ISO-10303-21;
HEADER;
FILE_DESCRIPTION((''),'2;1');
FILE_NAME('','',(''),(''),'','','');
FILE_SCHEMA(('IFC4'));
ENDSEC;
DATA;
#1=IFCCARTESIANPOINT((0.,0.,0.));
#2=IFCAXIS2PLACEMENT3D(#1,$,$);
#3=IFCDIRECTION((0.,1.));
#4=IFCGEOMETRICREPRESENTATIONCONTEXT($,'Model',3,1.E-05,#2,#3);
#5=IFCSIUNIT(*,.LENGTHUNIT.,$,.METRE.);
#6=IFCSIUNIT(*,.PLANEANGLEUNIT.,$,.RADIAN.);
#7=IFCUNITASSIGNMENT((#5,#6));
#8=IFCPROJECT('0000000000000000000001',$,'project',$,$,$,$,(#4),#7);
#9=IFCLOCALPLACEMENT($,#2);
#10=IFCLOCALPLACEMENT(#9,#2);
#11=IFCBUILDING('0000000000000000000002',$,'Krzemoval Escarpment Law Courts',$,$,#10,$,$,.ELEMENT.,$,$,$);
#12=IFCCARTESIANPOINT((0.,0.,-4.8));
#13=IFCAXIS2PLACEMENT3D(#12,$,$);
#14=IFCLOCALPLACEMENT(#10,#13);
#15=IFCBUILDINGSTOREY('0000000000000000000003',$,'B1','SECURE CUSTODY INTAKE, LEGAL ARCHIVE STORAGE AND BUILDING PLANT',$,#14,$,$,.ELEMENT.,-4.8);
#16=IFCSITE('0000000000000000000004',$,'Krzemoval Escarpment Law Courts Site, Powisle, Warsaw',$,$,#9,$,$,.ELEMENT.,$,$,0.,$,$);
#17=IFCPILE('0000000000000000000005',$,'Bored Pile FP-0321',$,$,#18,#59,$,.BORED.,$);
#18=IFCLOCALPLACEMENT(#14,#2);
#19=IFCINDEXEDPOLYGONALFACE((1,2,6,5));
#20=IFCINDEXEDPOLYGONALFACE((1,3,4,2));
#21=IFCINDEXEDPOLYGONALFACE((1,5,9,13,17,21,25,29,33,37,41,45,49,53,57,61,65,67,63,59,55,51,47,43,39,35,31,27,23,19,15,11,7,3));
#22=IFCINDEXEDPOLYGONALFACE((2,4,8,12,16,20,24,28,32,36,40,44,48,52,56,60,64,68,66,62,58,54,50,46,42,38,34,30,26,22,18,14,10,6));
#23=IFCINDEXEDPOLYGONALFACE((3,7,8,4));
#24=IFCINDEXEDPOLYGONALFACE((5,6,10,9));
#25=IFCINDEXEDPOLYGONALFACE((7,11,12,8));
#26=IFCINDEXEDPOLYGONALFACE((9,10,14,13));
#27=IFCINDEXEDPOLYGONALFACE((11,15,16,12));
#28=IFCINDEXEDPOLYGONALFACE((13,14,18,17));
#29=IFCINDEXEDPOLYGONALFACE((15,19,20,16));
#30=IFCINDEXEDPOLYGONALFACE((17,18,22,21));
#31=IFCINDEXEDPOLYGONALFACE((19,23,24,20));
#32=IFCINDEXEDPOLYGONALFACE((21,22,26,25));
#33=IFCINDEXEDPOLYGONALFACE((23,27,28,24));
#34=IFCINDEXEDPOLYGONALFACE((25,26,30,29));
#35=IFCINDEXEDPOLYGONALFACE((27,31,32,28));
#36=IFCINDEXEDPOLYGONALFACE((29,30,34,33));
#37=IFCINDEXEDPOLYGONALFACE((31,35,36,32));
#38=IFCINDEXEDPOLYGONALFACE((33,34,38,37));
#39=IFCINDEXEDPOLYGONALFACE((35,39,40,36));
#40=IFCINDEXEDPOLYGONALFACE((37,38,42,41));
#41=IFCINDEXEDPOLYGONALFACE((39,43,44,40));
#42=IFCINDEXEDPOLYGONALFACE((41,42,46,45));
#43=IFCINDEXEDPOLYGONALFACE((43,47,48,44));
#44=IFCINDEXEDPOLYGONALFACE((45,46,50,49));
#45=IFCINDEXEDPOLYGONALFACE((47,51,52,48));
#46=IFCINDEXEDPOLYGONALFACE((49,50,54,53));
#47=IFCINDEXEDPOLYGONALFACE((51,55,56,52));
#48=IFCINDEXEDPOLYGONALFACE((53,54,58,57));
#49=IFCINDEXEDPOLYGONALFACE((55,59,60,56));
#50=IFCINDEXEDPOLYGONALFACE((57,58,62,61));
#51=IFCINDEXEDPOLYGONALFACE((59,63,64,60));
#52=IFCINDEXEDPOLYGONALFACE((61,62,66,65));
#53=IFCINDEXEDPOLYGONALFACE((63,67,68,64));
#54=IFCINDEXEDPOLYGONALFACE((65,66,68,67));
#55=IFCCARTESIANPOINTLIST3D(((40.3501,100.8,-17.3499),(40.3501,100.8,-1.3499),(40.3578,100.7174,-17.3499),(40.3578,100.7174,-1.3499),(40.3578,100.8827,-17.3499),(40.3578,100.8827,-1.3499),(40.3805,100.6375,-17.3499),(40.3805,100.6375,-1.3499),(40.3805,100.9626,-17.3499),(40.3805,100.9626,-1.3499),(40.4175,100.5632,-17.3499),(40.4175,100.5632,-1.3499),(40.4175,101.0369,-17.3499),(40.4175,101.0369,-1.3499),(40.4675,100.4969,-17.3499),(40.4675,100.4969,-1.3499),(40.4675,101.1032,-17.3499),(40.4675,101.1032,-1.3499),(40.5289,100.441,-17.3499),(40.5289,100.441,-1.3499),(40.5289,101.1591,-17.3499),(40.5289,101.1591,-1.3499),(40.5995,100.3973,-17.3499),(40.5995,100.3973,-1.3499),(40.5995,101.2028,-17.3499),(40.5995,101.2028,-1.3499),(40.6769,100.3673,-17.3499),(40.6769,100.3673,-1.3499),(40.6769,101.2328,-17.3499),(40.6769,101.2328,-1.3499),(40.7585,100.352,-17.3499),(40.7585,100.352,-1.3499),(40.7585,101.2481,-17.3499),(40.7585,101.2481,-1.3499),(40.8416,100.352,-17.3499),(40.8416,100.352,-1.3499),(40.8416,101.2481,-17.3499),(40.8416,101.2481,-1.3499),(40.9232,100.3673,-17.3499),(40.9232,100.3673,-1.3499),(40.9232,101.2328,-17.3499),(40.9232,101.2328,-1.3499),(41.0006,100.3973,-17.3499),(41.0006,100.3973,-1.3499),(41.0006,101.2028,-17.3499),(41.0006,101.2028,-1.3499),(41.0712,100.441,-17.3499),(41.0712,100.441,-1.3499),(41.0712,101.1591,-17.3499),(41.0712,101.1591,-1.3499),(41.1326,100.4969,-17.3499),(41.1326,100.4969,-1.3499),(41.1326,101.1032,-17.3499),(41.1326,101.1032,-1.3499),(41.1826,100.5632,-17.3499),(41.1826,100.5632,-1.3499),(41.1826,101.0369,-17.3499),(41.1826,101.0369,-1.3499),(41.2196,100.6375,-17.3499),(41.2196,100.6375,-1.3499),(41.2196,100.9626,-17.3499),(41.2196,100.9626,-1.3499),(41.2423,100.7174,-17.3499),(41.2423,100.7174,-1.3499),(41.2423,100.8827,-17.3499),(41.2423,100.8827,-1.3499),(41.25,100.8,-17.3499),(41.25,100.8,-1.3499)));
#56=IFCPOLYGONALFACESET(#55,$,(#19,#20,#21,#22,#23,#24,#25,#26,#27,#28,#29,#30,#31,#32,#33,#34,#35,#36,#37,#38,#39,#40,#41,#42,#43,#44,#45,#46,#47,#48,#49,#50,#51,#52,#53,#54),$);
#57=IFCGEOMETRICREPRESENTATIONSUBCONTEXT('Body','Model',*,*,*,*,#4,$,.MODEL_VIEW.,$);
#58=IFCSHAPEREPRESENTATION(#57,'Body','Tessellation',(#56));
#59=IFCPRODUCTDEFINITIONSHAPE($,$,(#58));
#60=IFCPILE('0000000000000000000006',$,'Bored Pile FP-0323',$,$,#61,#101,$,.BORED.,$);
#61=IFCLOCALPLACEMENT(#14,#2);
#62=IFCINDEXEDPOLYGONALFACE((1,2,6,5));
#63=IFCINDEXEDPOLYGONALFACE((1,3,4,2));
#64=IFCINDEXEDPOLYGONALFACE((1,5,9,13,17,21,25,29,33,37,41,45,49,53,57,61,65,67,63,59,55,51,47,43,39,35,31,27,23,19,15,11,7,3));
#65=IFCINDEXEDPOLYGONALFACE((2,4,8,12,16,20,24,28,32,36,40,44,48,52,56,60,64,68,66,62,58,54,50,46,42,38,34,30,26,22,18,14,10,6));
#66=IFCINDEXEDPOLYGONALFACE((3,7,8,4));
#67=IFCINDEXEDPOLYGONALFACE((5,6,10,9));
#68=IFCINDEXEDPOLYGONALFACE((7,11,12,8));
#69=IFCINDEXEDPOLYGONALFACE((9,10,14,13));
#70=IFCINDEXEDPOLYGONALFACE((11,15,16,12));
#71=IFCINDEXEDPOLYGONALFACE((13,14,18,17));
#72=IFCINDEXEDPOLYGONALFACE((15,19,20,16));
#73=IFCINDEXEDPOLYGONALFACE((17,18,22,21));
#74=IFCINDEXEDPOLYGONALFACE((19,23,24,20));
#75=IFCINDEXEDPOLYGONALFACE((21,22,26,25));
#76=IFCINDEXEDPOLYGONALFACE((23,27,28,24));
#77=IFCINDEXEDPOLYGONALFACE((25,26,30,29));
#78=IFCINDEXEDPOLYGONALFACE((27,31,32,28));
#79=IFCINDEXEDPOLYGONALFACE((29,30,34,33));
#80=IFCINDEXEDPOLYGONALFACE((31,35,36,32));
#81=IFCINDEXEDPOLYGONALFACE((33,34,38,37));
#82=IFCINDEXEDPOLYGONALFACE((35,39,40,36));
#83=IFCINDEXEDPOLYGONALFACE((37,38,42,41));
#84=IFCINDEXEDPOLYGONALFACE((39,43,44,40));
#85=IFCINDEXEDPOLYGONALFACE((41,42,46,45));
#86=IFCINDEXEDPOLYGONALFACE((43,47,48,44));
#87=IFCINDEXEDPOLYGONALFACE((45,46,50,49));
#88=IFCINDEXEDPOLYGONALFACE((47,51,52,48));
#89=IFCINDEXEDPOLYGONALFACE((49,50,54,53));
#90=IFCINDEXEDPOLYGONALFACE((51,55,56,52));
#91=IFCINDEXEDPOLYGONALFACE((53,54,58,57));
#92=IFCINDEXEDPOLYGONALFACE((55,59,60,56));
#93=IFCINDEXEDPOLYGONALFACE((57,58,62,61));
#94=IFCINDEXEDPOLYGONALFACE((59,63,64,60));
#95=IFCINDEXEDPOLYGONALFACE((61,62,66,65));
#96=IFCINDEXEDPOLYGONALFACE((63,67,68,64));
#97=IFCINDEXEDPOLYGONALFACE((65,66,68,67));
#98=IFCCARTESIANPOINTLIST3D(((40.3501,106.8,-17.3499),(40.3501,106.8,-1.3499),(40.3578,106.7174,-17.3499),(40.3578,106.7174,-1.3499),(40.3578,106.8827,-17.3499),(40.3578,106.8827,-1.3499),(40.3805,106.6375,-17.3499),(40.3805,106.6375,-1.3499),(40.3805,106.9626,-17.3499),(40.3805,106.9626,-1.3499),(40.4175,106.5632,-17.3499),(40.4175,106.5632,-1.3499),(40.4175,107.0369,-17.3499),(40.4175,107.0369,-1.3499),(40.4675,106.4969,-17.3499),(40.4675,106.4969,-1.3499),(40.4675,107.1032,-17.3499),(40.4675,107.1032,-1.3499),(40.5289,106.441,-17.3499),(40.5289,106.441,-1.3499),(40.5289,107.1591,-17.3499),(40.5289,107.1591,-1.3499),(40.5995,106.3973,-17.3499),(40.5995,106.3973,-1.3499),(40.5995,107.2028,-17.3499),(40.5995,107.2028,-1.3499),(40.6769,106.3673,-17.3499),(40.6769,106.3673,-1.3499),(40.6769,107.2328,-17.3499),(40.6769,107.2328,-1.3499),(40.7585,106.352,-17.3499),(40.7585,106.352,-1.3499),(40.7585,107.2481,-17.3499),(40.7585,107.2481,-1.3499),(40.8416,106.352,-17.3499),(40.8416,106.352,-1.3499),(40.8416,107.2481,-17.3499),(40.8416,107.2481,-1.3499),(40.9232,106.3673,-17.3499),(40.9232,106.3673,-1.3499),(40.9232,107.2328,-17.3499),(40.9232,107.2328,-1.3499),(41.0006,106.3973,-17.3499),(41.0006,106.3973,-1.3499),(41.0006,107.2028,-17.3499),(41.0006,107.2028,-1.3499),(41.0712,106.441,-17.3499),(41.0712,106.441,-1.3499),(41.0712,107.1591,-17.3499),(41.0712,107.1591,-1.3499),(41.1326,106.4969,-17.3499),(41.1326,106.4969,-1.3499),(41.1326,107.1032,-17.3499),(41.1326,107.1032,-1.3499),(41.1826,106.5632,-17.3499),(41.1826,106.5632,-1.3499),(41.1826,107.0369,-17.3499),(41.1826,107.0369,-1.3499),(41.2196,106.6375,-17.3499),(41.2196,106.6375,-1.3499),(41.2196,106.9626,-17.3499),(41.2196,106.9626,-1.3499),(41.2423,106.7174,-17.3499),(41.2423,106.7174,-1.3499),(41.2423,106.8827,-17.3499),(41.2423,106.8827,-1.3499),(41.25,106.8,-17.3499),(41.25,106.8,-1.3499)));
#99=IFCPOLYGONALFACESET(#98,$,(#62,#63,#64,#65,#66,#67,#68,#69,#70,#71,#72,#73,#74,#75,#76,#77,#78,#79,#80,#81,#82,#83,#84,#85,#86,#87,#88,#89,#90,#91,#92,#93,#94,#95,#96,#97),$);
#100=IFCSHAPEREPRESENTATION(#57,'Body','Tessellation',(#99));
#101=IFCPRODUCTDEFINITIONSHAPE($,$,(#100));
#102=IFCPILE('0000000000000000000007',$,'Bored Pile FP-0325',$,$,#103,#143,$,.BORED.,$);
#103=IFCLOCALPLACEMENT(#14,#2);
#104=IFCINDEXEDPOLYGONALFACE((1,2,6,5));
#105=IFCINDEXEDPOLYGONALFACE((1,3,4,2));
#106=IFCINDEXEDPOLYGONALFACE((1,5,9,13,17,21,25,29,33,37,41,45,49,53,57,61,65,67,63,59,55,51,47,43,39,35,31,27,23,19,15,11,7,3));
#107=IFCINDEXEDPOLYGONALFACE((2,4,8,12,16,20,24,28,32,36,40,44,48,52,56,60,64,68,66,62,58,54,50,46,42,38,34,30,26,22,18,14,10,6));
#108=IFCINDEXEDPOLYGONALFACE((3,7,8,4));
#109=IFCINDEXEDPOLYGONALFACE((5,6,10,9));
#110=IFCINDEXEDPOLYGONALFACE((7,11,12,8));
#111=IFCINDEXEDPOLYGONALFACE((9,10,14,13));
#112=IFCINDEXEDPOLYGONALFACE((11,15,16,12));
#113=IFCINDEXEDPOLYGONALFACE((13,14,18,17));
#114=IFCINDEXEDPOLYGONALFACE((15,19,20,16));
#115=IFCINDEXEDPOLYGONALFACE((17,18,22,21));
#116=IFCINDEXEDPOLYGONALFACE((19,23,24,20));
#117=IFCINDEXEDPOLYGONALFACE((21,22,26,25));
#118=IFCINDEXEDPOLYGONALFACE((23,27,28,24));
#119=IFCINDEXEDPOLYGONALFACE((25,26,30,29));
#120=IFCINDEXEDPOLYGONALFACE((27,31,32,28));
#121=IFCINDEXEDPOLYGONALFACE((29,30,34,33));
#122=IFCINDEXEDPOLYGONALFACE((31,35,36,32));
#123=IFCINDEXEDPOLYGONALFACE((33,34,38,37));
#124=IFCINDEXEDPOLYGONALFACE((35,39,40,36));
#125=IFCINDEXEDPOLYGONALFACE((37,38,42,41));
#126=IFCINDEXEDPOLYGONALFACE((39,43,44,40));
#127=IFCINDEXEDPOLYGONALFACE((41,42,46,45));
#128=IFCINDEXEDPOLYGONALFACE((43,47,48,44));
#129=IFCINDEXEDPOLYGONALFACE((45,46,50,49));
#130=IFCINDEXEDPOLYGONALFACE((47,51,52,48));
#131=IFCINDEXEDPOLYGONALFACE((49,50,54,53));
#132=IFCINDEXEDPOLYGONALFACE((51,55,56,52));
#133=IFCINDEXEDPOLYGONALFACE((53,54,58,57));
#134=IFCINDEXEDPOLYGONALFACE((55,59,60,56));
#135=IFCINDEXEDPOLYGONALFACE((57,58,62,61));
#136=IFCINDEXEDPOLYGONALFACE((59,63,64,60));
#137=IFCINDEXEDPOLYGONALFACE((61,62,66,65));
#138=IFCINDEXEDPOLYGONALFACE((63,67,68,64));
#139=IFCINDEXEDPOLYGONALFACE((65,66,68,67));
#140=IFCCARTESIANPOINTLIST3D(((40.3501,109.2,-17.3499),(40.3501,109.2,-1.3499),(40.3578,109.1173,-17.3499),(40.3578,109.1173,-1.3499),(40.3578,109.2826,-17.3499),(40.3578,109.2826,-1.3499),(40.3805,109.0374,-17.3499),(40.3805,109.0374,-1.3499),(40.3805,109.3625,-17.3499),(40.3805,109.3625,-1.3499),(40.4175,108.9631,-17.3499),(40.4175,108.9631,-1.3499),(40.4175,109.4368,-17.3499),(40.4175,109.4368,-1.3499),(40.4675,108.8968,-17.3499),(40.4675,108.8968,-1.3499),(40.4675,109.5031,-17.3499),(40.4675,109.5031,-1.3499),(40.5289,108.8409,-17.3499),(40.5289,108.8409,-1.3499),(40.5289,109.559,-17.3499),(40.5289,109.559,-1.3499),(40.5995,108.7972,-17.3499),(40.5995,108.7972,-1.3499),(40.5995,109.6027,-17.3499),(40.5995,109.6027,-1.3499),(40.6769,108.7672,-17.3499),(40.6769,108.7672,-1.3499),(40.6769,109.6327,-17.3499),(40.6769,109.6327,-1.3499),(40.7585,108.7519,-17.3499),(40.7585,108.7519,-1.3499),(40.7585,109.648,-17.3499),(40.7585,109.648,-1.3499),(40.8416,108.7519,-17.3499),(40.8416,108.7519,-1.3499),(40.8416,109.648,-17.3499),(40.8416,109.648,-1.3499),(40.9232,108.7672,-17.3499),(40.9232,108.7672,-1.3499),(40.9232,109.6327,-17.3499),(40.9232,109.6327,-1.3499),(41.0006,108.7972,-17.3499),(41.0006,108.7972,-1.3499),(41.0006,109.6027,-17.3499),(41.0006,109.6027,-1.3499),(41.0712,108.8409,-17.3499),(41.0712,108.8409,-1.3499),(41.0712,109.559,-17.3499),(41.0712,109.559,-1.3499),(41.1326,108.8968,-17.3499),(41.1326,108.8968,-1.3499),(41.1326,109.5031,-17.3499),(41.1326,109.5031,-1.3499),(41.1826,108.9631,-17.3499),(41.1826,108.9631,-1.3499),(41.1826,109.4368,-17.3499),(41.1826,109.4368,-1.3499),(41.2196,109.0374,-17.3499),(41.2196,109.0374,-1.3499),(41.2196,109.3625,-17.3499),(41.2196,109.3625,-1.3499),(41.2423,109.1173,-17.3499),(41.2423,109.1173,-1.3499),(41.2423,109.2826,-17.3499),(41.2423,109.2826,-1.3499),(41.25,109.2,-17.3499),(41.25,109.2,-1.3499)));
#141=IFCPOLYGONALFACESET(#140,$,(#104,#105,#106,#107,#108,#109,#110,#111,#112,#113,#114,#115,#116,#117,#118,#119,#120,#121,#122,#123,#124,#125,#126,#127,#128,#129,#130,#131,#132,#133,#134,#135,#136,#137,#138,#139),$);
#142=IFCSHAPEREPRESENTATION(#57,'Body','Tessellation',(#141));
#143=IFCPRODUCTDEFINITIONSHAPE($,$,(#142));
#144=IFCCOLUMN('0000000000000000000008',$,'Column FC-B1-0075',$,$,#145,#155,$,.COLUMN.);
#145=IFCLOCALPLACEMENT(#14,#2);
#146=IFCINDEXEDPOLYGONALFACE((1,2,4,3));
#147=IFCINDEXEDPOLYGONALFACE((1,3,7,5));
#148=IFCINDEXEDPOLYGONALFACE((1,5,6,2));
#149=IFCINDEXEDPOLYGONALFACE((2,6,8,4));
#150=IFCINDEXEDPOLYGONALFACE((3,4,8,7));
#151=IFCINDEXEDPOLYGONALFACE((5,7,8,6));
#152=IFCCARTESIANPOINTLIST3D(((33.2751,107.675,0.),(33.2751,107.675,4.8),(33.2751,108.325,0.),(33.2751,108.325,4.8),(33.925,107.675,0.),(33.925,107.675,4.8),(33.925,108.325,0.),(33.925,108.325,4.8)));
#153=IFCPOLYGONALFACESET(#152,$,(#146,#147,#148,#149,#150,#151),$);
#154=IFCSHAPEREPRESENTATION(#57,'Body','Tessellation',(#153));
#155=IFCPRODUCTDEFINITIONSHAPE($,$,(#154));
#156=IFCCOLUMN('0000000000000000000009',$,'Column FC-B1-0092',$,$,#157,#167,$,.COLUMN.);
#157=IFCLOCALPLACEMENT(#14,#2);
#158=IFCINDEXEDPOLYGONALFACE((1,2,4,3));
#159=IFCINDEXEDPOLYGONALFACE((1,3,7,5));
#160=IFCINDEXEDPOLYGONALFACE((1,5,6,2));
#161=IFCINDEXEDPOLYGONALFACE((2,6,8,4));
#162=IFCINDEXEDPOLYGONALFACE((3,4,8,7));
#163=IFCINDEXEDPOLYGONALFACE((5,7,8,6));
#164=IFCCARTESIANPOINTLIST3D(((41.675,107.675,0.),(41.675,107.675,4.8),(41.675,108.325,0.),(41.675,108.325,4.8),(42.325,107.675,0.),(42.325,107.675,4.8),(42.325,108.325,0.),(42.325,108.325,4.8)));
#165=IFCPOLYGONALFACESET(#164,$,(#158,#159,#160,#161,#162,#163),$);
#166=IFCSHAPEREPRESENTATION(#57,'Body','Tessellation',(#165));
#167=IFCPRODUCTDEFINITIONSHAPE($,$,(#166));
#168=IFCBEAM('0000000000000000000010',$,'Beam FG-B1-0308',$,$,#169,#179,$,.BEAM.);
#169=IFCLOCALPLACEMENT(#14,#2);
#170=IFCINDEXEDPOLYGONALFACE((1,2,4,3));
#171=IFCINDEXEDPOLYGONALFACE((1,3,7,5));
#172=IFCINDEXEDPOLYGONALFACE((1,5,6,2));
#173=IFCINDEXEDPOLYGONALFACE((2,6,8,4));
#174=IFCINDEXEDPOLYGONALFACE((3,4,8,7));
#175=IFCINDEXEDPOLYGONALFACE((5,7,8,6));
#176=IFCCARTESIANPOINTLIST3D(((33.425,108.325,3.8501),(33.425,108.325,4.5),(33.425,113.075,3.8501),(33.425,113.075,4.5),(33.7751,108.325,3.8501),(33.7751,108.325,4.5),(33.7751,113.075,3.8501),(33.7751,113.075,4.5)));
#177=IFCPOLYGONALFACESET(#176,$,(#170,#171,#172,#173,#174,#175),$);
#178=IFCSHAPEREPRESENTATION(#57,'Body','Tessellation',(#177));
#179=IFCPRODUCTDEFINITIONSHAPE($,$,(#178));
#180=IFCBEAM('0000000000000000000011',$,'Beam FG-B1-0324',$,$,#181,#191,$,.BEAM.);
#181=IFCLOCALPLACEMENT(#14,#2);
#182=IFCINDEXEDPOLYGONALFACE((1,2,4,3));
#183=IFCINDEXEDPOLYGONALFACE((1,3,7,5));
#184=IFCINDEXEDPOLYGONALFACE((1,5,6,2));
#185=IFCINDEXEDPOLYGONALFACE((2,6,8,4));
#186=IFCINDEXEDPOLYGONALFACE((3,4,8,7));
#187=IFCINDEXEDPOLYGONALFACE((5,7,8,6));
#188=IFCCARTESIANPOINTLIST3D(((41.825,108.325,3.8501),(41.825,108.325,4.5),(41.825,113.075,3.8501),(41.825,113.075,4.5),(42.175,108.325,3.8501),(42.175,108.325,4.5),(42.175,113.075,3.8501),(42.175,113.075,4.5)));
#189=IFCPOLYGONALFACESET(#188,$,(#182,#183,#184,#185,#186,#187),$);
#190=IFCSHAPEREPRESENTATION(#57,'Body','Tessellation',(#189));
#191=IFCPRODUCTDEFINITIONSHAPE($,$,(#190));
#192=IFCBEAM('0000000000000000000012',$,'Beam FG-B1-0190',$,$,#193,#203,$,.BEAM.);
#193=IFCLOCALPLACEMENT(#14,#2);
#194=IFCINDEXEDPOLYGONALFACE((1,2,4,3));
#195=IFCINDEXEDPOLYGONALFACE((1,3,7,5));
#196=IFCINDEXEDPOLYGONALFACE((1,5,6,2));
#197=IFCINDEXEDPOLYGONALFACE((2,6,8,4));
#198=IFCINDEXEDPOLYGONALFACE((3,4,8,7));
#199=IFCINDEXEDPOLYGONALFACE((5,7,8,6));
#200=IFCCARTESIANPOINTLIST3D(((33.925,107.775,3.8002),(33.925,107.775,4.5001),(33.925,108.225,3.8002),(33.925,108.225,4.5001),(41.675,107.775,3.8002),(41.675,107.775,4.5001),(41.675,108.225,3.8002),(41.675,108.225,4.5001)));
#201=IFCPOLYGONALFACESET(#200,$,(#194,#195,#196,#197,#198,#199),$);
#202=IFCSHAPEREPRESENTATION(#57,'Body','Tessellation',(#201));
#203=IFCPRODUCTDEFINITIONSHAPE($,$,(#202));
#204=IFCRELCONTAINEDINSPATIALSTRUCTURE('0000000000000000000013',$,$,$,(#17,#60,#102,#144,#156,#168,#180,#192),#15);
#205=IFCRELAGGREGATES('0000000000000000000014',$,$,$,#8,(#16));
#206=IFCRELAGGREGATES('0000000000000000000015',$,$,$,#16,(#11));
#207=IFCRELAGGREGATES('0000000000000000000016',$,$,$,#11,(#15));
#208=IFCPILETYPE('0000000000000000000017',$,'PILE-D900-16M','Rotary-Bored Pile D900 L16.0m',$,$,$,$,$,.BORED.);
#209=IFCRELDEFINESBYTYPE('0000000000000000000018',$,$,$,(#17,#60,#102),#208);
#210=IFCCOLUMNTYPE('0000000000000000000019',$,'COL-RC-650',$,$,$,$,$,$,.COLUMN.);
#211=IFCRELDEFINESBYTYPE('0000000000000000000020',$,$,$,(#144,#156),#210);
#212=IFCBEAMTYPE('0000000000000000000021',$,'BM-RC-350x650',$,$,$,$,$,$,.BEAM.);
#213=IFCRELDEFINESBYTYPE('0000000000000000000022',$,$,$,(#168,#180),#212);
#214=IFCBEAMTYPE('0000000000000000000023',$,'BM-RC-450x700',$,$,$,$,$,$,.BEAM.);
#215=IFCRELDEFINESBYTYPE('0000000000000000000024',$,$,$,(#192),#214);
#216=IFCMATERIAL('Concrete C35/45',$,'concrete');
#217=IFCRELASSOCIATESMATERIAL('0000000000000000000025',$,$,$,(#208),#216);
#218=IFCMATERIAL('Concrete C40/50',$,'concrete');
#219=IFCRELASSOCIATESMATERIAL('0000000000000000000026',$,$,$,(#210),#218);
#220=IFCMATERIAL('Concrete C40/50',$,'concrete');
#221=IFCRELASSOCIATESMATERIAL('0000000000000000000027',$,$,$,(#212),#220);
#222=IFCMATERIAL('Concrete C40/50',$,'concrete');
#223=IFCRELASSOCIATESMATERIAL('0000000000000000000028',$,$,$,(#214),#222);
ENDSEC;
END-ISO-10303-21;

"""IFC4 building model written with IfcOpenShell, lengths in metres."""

from ifc_helpers import new_model, si_unit, direction, frame, origin, origin_2d, place, context, subcontext, project, spatial, rectangle, circle, extrude, material, material_profile, profile_set, type_object, element, save


model = new_model("IFC4")

# Units and contexts
model_context = context("Model", 3, precision=1e-05, world=origin(), true_north=direction((0.0, 1.0)))
body_context = subcontext(model_context, "Body", "Model", "MODEL_VIEW")
ifc_project = project(units=[si_unit("LENGTHUNIT", "METRE"), si_unit("PLANEANGLEUNIT", "RADIAN")], contexts=[model_context])

# Site, building, storey
site_placement = place(None, origin())
site = spatial("IfcSite", under=ifc_project, at=site_placement, Name="Krzemoval Escarpment Law Courts Site, Powisle, Warsaw", CompositionType="ELEMENT", RefElevation=0.0)
building_placement = place(site_placement, origin())
building = spatial("IfcBuilding", under=site, at=building_placement, Name="Krzemoval Escarpment Law Courts", CompositionType="ELEMENT")
storey_placement = place(building_placement, frame((0.0, 0.0, -4.8)))
storey = spatial("IfcBuildingStorey", under=building, at=storey_placement, Name="B1", Description="SECURE CUSTODY INTAKE, LEGAL ARCHIVE STORAGE AND BUILDING PLANT", CompositionType="ELEMENT", Elevation=-4.8)

# Piles
ifc_material_1 = material(Name="Concrete C35/45", Category="concrete")
ifc_material_profile_1 = material_profile(ifc_material_1, circle(Radius=0.45, at=origin_2d()), Name="PILE D900")
ifc_profile_set_1 = profile_set([ifc_material_profile_1], Name="Concrete C35/45")
pile_type = type_object("IfcPileType", Name="PILE-D900-16M", Description="Rotary-Bored Pile D900 L16.0m", PredefinedType="BORED", material=ifc_profile_set_1)
for number, where, z_axis, x_axis, name in (
    (1, (40.8, 100.8, -1.3499), (0.0, 0.0, -1.0), (1.0, 0.0, 0.0), "Bored Pile FP-0321"),
    (2, (40.8, 106.8, -1.3499), (0.0, 0.0, -1.0), (1.0, 0.0, 0.0), "Bored Pile FP-0323"),
    (3, (40.8, 109.2, -1.3499), (0.0, 0.0, -1.0), (1.0, 0.0, 0.0), "Bored Pile FP-0325"),
):
    element("IfcPile", number, at=place(storey_placement, frame(where, z_axis=z_axis, x_axis=x_axis)), inside=storey, type_object=pile_type, Name=name, PredefinedType="BORED", context=body_context, shape_type="SweptSolid", body=[
        extrude(circle(Radius=0.45, at=origin_2d()), origin(), (0.0, 0.0, 1.0), 16.0),
    ])

# Columns
ifc_material_2 = material(Name="Concrete C40/50", Category="concrete")
ifc_material_profile_2 = material_profile(ifc_material_2, rectangle(XDim=0.6499, YDim=0.6499, at=origin_2d()), Name="RC 650x650")
ifc_profile_set_2 = profile_set([ifc_material_profile_2], Name="Concrete C40/50")
column_type = type_object("IfcColumnType", Name="COL-RC-650", PredefinedType="COLUMN", material=ifc_profile_set_2)
for number, where, z_axis, x_axis, name in (
    (4, (33.6001, 108.0, 0.0), (0.0, 0.0, 1.0), (1.0, 0.0, 0.0), "Column FC-B1-0075"),
    (5, (42.0, 108.0, 0.0), (0.0, 0.0, 1.0), (1.0, 0.0, 0.0), "Column FC-B1-0092"),
):
    element("IfcColumn", number, at=place(storey_placement, frame(where, z_axis=z_axis, x_axis=x_axis)), inside=storey, type_object=column_type, Name=name, PredefinedType="COLUMN", context=body_context, shape_type="SweptSolid", body=[
        extrude(rectangle(XDim=0.6499, YDim=0.6499, at=origin_2d()), origin(), (0.0, 0.0, 1.0), 4.8),
    ])

# Beams
ifc_material_3 = material(Name="Concrete C40/50", Category="concrete")
ifc_material_profile_3 = material_profile(ifc_material_3, rectangle(XDim=0.3501, YDim=0.6499, at=origin_2d()), Name="RCB 350x650")
ifc_profile_set_3 = profile_set([ifc_material_profile_3], Name="Concrete C40/50")
beam_type_1 = type_object("IfcBeamType", Name="BM-RC-350x650", PredefinedType="BEAM", material=ifc_profile_set_3)
for number, where, z_axis, x_axis, name in (
    (6, (33.6001, 108.325, 4.175), (0.0, 1.0, 0.0), (-1.0, 0.0, 0.0), "Beam FG-B1-0308"),
    (7, (42.0, 108.325, 4.175), (0.0, 1.0, 0.0), (-1.0, 0.0, 0.0), "Beam FG-B1-0324"),
):
    element("IfcBeam", number, at=place(storey_placement, frame(where, z_axis=z_axis, x_axis=x_axis)), inside=storey, type_object=beam_type_1, Name=name, PredefinedType="BEAM", context=body_context, shape_type="SweptSolid", body=[
        extrude(rectangle(XDim=0.3501, YDim=0.6499, at=origin_2d()), origin(), (0.0, 0.0, 1.0), 4.75),
    ])
ifc_material_4 = material(Name="Concrete C40/50", Category="concrete")
ifc_material_profile_4 = material_profile(ifc_material_4, rectangle(XDim=0.45, YDim=0.7, at=origin_2d()), Name="RCB 450x700")
ifc_profile_set_4 = profile_set([ifc_material_profile_4], Name="Concrete C40/50")
beam_type_2 = type_object("IfcBeamType", Name="BM-RC-450x700", PredefinedType="BEAM", material=ifc_profile_set_4)
beam_1_placement = place(storey_placement, frame((33.925, 108.0, 4.1501), z_axis=(1.0, 0.0, 0.0), x_axis=(0.0, 1.0, 0.0)))
element("IfcBeam", 8, at=beam_1_placement, inside=storey, type_object=beam_type_2, Name="Beam FG-B1-0190", PredefinedType="BEAM", context=body_context, shape_type="SweptSolid", body=[
    extrude(rectangle(XDim=0.45, YDim=0.7, at=origin_2d()), origin(), (0.0, 0.0, 1.0), 7.75),
])

save(model, "model.ifc")
